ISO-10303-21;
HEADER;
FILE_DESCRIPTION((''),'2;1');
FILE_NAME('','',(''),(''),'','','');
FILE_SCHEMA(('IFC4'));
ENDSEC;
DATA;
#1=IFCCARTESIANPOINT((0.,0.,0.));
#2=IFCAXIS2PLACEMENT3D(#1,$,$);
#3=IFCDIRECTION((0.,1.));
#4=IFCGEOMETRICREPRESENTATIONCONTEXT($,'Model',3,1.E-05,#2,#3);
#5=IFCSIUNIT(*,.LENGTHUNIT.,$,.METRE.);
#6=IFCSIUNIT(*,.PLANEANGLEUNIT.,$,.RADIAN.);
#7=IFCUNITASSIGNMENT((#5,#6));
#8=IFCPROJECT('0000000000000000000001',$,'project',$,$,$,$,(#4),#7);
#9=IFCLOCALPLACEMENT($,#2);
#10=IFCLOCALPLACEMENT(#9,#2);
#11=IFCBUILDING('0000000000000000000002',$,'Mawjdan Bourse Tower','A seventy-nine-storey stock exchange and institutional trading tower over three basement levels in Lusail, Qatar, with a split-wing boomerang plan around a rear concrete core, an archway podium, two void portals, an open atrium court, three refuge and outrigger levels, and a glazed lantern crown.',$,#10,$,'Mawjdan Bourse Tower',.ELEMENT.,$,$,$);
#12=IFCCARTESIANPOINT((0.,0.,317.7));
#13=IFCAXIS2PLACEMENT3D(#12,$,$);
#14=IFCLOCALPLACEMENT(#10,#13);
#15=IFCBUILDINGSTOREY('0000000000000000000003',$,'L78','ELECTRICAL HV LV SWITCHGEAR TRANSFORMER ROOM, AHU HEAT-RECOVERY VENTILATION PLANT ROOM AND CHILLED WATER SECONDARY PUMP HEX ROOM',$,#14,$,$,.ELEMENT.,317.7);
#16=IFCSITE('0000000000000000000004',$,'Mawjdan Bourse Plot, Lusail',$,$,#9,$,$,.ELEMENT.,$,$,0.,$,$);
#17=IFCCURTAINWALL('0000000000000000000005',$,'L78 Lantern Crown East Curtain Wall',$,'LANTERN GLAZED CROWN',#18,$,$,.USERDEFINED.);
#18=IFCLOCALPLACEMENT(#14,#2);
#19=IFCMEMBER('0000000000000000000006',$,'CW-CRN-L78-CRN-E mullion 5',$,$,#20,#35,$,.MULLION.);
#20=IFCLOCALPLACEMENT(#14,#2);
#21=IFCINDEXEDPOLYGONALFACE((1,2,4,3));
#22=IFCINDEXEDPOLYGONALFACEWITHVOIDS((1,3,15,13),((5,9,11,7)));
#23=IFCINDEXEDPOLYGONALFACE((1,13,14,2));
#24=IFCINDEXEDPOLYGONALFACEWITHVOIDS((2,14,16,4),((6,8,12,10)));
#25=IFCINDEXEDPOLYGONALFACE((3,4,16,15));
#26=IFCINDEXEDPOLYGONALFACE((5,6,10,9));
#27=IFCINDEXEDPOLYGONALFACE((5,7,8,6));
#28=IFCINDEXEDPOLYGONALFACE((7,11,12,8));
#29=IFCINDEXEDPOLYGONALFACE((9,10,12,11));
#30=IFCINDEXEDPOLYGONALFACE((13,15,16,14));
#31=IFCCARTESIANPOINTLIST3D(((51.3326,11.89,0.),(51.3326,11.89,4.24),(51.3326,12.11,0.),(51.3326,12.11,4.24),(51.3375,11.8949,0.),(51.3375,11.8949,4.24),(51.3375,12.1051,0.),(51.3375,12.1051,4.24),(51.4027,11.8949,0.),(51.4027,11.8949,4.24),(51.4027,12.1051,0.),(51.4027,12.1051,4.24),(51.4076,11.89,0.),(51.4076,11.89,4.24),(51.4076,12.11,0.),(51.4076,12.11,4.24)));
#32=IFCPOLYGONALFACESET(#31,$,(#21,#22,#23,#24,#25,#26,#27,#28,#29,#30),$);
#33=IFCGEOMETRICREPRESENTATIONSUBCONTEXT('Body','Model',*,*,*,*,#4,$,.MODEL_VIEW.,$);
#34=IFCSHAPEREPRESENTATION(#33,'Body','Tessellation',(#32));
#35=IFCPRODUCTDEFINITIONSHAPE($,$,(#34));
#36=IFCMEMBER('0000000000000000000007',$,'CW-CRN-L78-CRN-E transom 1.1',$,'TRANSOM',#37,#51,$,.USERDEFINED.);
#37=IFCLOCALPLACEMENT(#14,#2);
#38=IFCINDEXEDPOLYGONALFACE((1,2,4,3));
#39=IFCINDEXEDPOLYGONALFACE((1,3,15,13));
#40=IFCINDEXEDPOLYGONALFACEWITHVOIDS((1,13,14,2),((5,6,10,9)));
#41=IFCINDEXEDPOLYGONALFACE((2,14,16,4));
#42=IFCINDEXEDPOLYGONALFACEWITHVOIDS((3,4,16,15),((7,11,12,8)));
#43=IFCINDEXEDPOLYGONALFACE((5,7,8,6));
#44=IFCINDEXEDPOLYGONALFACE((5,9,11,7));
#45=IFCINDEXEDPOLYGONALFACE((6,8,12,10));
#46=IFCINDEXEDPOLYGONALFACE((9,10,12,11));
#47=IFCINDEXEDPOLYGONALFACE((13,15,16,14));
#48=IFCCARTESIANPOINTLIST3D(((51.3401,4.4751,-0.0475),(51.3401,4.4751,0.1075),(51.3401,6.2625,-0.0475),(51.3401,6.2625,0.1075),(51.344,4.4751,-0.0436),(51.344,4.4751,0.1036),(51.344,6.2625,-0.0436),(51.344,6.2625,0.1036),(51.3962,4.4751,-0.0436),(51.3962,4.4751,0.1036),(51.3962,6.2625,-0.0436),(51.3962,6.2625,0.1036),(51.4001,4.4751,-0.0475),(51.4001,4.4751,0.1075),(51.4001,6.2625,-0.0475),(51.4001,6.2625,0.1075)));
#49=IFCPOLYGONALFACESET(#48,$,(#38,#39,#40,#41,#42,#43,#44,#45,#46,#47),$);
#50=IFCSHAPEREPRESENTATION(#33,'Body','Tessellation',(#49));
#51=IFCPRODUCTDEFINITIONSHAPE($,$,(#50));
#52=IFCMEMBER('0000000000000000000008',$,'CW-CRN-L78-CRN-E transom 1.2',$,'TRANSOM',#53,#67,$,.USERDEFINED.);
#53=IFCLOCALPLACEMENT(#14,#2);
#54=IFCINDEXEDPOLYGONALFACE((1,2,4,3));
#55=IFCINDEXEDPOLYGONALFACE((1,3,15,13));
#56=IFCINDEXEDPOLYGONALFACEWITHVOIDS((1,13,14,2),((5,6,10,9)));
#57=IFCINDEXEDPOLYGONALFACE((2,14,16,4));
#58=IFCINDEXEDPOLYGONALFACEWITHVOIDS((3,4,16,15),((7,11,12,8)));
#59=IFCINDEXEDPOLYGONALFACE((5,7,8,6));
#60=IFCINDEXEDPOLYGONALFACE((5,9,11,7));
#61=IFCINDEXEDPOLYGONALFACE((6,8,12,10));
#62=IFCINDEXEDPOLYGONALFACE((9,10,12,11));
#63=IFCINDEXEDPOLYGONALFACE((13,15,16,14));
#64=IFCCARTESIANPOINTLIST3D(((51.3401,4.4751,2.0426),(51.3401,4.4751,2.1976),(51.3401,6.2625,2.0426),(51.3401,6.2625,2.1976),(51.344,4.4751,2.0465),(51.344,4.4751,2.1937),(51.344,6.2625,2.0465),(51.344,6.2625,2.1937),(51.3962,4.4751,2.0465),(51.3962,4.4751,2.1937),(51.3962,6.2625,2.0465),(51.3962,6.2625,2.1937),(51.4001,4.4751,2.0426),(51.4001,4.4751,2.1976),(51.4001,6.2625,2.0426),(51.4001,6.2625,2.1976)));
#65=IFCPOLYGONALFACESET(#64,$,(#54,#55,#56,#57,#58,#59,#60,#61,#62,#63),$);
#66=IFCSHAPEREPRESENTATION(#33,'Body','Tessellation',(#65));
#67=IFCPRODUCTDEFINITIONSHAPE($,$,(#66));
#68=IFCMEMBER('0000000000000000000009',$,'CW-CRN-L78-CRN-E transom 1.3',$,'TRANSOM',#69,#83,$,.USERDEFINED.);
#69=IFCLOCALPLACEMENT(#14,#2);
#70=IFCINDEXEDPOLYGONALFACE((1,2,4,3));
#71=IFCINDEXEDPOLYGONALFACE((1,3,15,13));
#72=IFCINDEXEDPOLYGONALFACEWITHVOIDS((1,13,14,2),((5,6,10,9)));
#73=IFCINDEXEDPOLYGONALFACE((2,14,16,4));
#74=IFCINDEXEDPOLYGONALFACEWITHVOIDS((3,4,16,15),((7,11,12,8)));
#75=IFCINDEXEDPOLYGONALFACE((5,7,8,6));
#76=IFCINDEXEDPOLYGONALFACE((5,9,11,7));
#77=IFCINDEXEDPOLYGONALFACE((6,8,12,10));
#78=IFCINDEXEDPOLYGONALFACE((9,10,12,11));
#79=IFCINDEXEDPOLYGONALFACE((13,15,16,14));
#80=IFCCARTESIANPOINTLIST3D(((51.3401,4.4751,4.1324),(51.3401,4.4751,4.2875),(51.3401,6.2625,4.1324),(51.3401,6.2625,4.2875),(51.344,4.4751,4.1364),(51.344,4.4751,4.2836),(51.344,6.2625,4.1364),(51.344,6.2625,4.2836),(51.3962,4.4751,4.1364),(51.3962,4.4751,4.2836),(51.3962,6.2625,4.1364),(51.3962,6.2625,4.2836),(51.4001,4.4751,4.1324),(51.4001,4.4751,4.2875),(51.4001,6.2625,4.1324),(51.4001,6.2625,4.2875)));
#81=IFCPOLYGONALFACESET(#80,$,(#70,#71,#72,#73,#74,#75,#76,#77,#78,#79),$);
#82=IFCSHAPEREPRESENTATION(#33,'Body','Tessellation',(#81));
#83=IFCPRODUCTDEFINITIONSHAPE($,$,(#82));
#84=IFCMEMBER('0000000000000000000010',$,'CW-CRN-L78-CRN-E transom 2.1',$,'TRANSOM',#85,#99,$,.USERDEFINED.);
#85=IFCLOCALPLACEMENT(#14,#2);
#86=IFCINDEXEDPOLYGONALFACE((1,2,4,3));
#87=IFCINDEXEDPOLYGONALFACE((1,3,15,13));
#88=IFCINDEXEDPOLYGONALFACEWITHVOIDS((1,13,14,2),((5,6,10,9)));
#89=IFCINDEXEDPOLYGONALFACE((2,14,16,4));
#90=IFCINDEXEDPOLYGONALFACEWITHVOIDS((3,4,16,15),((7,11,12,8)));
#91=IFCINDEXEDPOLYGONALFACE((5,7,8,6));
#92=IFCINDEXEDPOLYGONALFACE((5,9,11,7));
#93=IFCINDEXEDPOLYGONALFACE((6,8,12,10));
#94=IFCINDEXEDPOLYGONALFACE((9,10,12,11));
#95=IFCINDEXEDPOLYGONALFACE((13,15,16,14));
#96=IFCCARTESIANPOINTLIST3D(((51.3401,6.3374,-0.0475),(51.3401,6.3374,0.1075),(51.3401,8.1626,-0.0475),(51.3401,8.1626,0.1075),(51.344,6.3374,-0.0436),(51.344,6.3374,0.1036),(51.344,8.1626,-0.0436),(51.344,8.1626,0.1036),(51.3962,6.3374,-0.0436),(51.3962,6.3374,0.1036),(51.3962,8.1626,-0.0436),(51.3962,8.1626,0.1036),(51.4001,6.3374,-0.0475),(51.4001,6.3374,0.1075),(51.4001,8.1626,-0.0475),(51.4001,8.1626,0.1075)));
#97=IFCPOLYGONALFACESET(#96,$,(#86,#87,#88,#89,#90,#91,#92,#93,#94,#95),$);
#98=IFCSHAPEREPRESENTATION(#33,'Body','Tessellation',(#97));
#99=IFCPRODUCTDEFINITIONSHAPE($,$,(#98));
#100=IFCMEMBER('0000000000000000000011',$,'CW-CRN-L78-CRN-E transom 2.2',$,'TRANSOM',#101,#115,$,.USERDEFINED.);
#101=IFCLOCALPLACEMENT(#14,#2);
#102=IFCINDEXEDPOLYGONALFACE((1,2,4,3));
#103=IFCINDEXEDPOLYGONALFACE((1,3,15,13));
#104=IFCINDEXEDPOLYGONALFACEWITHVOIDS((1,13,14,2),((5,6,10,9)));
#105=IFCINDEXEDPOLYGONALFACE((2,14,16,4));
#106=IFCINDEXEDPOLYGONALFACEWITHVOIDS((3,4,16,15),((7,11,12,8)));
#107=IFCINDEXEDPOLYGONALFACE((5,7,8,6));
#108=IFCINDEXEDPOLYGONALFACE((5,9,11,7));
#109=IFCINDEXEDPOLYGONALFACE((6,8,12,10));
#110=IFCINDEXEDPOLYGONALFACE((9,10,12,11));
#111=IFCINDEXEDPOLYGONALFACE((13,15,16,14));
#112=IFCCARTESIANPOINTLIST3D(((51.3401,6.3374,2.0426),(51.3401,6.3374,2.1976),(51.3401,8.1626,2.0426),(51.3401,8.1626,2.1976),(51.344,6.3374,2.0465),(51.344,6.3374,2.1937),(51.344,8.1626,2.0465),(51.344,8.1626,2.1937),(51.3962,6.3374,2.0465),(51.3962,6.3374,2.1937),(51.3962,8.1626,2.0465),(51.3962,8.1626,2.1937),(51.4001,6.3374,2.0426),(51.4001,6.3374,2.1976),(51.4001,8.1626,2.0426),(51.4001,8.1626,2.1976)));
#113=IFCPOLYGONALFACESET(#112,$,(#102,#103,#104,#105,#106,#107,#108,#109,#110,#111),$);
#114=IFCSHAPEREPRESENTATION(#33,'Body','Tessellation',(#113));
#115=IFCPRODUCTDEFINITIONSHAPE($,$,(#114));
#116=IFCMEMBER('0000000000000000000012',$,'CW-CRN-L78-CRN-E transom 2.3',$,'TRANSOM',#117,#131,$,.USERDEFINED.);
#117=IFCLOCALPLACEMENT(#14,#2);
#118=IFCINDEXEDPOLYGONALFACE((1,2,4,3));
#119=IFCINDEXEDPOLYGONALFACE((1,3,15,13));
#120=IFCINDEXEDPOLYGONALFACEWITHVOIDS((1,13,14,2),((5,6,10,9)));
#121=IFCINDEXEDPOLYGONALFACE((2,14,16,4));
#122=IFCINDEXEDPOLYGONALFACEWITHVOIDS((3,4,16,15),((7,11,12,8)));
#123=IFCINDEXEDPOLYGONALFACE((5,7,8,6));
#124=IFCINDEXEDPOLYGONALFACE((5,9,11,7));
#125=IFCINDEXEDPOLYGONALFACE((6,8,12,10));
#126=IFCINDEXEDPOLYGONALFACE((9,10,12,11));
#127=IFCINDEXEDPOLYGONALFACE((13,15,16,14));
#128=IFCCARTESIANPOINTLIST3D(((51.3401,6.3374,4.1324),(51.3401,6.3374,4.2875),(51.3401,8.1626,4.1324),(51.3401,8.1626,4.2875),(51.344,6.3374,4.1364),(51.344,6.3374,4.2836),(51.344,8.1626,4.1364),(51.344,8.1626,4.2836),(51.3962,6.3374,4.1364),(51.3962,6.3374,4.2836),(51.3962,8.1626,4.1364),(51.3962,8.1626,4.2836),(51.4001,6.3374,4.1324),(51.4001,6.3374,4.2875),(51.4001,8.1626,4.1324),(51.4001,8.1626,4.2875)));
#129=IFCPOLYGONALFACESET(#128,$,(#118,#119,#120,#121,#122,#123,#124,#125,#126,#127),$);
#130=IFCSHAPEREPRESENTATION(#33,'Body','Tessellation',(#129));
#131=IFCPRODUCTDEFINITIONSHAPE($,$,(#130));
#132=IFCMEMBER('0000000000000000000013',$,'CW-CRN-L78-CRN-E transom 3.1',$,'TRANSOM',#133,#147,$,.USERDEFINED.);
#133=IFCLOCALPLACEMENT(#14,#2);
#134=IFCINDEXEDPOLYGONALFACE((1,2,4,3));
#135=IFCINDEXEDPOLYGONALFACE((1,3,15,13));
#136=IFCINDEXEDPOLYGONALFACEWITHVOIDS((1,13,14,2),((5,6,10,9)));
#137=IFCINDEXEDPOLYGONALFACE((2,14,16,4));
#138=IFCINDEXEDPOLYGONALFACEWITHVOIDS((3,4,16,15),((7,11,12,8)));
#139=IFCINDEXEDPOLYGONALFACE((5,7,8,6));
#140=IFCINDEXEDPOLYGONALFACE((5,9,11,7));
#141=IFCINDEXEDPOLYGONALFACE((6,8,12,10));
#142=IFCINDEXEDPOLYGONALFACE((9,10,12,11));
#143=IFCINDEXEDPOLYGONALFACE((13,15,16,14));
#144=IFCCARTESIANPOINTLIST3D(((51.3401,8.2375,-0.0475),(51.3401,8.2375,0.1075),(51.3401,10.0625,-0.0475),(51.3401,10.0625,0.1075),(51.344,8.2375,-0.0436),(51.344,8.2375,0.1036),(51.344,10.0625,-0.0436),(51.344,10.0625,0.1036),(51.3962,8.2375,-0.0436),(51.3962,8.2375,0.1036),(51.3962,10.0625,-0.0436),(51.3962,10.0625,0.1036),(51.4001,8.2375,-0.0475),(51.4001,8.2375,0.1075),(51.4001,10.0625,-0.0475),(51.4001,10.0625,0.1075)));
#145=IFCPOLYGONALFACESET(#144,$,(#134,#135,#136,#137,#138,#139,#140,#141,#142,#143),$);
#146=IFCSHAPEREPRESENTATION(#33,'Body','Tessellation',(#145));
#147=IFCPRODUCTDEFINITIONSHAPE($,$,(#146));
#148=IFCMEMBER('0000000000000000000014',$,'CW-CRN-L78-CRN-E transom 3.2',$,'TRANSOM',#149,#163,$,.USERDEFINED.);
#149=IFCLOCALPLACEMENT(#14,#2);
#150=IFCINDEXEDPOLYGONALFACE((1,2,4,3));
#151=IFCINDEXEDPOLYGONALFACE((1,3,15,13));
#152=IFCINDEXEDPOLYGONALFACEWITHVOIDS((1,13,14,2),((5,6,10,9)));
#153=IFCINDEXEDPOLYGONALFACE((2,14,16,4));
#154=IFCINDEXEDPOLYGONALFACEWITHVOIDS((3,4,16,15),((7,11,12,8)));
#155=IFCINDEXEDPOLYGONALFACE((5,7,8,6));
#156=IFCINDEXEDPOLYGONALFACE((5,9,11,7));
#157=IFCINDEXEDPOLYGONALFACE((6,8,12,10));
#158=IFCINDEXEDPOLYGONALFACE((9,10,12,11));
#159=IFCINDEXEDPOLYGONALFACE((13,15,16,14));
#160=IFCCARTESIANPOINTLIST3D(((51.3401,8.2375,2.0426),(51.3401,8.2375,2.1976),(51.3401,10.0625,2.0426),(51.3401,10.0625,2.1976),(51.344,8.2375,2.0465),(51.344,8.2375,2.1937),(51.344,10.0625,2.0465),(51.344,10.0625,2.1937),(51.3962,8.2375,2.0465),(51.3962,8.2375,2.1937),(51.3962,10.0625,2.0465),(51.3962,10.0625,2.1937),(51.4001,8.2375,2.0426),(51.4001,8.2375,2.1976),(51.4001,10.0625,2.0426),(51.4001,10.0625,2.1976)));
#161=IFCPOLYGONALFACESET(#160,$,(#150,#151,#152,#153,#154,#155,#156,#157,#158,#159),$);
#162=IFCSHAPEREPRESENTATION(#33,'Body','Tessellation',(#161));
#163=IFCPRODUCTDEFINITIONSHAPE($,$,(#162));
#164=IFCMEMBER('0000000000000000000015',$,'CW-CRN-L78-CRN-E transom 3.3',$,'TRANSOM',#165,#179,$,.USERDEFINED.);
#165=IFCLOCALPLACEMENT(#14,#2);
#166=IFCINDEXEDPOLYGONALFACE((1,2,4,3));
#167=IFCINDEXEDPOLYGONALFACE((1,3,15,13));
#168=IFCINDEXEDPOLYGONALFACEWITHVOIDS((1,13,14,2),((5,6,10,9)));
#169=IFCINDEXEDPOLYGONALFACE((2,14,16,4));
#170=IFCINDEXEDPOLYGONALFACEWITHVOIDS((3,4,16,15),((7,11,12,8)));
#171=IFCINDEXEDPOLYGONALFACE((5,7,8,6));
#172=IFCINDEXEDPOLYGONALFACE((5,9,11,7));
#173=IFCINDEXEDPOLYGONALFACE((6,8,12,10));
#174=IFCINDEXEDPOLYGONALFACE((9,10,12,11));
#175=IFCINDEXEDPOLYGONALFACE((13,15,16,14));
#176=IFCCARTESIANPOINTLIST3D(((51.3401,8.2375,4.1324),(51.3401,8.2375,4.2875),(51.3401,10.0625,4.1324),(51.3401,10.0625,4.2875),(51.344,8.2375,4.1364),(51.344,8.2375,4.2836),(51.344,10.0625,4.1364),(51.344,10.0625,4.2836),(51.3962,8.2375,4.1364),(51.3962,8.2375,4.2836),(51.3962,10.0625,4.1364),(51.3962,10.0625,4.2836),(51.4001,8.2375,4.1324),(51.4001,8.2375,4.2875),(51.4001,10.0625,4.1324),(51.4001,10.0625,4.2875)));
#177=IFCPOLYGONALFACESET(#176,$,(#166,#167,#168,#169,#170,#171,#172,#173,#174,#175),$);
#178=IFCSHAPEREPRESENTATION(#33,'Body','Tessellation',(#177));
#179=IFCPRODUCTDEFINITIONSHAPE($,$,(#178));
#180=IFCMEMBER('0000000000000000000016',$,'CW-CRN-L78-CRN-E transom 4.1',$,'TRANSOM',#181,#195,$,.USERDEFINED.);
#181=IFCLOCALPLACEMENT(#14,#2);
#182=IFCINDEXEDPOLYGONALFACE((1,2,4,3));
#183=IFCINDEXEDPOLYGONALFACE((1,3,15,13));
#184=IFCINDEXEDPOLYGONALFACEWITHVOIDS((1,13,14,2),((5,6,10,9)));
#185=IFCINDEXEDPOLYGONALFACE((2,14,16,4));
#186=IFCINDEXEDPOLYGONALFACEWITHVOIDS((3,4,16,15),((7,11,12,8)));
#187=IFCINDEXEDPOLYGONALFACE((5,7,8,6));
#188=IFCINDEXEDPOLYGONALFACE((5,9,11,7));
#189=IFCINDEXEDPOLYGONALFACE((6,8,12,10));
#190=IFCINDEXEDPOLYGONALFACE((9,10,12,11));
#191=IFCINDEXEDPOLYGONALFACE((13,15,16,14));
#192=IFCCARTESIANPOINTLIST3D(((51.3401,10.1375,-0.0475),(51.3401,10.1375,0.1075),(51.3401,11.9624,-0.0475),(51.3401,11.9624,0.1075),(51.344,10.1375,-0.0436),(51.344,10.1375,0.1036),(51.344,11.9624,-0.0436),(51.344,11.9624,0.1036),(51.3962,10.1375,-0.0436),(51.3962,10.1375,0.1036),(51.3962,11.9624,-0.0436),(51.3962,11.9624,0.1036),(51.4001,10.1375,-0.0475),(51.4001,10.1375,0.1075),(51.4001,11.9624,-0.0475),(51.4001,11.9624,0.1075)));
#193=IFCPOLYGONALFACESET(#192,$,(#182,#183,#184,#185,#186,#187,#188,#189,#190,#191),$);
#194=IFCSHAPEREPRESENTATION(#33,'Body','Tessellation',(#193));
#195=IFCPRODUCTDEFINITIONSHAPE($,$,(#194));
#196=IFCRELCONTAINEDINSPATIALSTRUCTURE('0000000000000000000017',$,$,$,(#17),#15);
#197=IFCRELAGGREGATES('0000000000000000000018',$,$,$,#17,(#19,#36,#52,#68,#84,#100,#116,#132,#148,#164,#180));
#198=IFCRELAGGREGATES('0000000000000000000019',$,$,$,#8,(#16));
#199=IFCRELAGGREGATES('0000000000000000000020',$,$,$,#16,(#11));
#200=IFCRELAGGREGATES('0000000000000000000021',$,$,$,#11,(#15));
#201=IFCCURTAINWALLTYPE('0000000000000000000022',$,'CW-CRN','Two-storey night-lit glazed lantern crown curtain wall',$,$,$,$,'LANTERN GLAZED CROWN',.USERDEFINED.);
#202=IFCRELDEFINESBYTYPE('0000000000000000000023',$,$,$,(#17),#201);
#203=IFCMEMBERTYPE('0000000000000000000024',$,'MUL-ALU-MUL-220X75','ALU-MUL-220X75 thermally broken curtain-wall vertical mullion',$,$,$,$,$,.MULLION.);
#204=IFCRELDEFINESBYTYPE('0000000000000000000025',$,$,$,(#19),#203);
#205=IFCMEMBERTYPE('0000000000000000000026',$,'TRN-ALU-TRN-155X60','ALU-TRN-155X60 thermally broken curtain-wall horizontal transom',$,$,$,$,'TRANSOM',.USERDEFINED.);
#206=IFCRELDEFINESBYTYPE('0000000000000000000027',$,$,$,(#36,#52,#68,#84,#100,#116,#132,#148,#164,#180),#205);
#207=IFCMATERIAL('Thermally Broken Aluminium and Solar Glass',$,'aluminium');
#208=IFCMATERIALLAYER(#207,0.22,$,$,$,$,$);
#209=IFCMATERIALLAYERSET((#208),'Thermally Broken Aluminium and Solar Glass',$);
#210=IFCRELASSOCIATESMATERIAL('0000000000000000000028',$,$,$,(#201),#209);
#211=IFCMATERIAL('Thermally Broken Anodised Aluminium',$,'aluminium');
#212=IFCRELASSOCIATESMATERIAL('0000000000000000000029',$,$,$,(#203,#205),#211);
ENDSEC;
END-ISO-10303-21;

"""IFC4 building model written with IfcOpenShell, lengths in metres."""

from ifc_helpers import new_model, si_unit, direction, frame, origin, origin_2d, place, context, subcontext, project, spatial, hollow_rectangle, extrude, material, layer, layer_set, material_profile, profile_set, type_object, element, aggregate, save


model = new_model("IFC4")

# Units and contexts
model_context = context("Model", 3, precision=1e-05, world=origin(), true_north=direction((0.0, 1.0)))
body_context = subcontext(model_context, "Body", "Model", "MODEL_VIEW")
ifc_project = project(units=[si_unit("LENGTHUNIT", "METRE"), si_unit("PLANEANGLEUNIT", "RADIAN")], contexts=[model_context])

# Site, building, storey
site_placement = place(None, origin())
site = spatial("IfcSite", under=ifc_project, at=site_placement, Name="Mawjdan Bourse Plot, Lusail", CompositionType="ELEMENT", RefElevation=0.0)
building_placement = place(site_placement, origin())
building = spatial("IfcBuilding", under=site, at=building_placement, Name="Mawjdan Bourse Tower", Description="A seventy-nine-storey stock exchange and institutional trading tower over three basement levels in Lusail, Qatar, with a split-wing boomerang plan around a rear concrete core, an archway podium, two void portals, an open atrium court, three refuge and outrigger levels, and a glazed lantern crown.", LongName="Mawjdan Bourse Tower", CompositionType="ELEMENT")
storey_placement = place(building_placement, frame((0.0, 0.0, 317.7)))
storey = spatial("IfcBuildingStorey", under=building, at=storey_placement, Name="L78", Description="ELECTRICAL HV LV SWITCHGEAR TRANSFORMER ROOM, AHU HEAT-RECOVERY VENTILATION PLANT ROOM AND CHILLED WATER SECONDARY PUMP HEX ROOM", CompositionType="ELEMENT", Elevation=317.7)

# Shared definitions
ifc_material_1 = material(Name="Thermally Broken Aluminium and Solar Glass", Category="aluminium")
ifc_layer_1 = layer(ifc_material_1, 0.22)
ifc_layer_set_1 = layer_set([ifc_layer_1], Name="Thermally Broken Aluminium and Solar Glass")
curtain_wall_type = type_object("IfcCurtainWallType", Name="CW-CRN", Description="Two-storey night-lit glazed lantern crown curtain wall", ElementType="LANTERN GLAZED CROWN", PredefinedType="USERDEFINED", material=ifc_layer_set_1)
ifc_material_2 = material(Name="Thermally Broken Anodised Aluminium", Category="aluminium")
ifc_material_profile_1 = material_profile(ifc_material_2, hollow_rectangle(XDim=0.075, YDim=0.22, WallThickness=0.0049, at=origin_2d()), Name="ALU-MUL-220X75")
ifc_profile_set_1 = profile_set([ifc_material_profile_1], Name="Thermally Broken Anodised Aluminium")
member_type_1 = type_object("IfcMemberType", Name="MUL-ALU-MUL-220X75", Description="ALU-MUL-220X75 thermally broken curtain-wall vertical mullion", PredefinedType="MULLION", material=ifc_profile_set_1)

# Curtain wall, members
curtain_wall_1_placement = place(storey_placement, origin())
curtain_wall_1 = element("IfcCurtainWall", 1, at=curtain_wall_1_placement, inside=storey, type_object=curtain_wall_type, Name="L78 Lantern Crown East Curtain Wall", ObjectType="LANTERN GLAZED CROWN", PredefinedType="USERDEFINED")
member_1_placement = place(storey_placement, frame((51.3701, 12.0, 0.0), z_axis=(0.0, 0.0, 1.0), x_axis=(-1.0, 0.0, 0.0)))
member_1 = element("IfcMember", 2, at=member_1_placement, type_object=member_type_1, Name="CW-CRN-L78-CRN-E mullion 5", PredefinedType="MULLION", context=body_context, shape_type="SweptSolid", body=[
    extrude(hollow_rectangle(XDim=0.075, YDim=0.22, WallThickness=0.0049, at=origin_2d()), origin(), (0.0, 0.0, 1.0), 4.24),
])
ifc_material_profile_2 = material_profile(ifc_material_2, hollow_rectangle(XDim=0.0601, YDim=0.155, WallThickness=0.0039, at=origin_2d()), Name="ALU-TRN-155X60")
ifc_profile_set_2 = profile_set([ifc_material_profile_2], Name="Thermally Broken Anodised Aluminium")
member_type_2 = type_object("IfcMemberType", Name="TRN-ALU-TRN-155X60", Description="ALU-TRN-155X60 thermally broken curtain-wall horizontal transom", ElementType="TRANSOM", PredefinedType="USERDEFINED", material=ifc_profile_set_2)
member_2_placement = place(storey_placement, frame((51.3701, 4.4751, 0.03), z_axis=(0.0, 1.0, 0.0), x_axis=(-1.0, 0.0, 0.0)))
member_2 = element("IfcMember", 3, at=member_2_placement, type_object=member_type_2, Name="CW-CRN-L78-CRN-E transom 1.1", ObjectType="TRANSOM", PredefinedType="USERDEFINED", context=body_context, shape_type="SweptSolid", body=[
    extrude(hollow_rectangle(XDim=0.0601, YDim=0.155, WallThickness=0.0039, at=origin_2d()), origin(), (0.0, 0.0, 1.0), 1.7874),
])
member_3_placement = place(storey_placement, frame((51.3701, 4.4751, 2.1201), z_axis=(0.0, 1.0, 0.0), x_axis=(-1.0, 0.0, 0.0)))
member_3 = element("IfcMember", 4, at=member_3_placement, type_object=member_type_2, Name="CW-CRN-L78-CRN-E transom 1.2", ObjectType="TRANSOM", PredefinedType="USERDEFINED", context=body_context, shape_type="SweptSolid", body=[
    extrude(hollow_rectangle(XDim=0.0601, YDim=0.155, WallThickness=0.0039, at=origin_2d()), origin(), (0.0, 0.0, 1.0), 1.7874),
])
member_4_placement = place(storey_placement, frame((51.3701, 4.4751, 4.21), z_axis=(0.0, 1.0, 0.0), x_axis=(-1.0, 0.0, 0.0)))
member_4 = element("IfcMember", 5, at=member_4_placement, type_object=member_type_2, Name="CW-CRN-L78-CRN-E transom 1.3", ObjectType="TRANSOM", PredefinedType="USERDEFINED", context=body_context, shape_type="SweptSolid", body=[
    extrude(hollow_rectangle(XDim=0.0601, YDim=0.155, WallThickness=0.0039, at=origin_2d()), origin(), (0.0, 0.0, 1.0), 1.7874),
])
member_5_placement = place(storey_placement, frame((51.3701, 6.3374, 0.03), z_axis=(0.0, 1.0, 0.0), x_axis=(-1.0, 0.0, 0.0)))
member_5 = element("IfcMember", 6, at=member_5_placement, type_object=member_type_2, Name="CW-CRN-L78-CRN-E transom 2.1", ObjectType="TRANSOM", PredefinedType="USERDEFINED", context=body_context, shape_type="SweptSolid", body=[
    extrude(hollow_rectangle(XDim=0.0601, YDim=0.155, WallThickness=0.0039, at=origin_2d()), origin(), (0.0, 0.0, 1.0), 1.8252),
])
member_6_placement = place(storey_placement, frame((51.3701, 6.3374, 2.1201), z_axis=(0.0, 1.0, 0.0), x_axis=(-1.0, 0.0, 0.0)))
member_6 = element("IfcMember", 7, at=member_6_placement, type_object=member_type_2, Name="CW-CRN-L78-CRN-E transom 2.2", ObjectType="TRANSOM", PredefinedType="USERDEFINED", context=body_context, shape_type="SweptSolid", body=[
    extrude(hollow_rectangle(XDim=0.0601, YDim=0.155, WallThickness=0.0039, at=origin_2d()), origin(), (0.0, 0.0, 1.0), 1.8252),
])
member_7_placement = place(storey_placement, frame((51.3701, 6.3374, 4.21), z_axis=(0.0, 1.0, 0.0), x_axis=(-1.0, 0.0, 0.0)))
member_7 = element("IfcMember", 8, at=member_7_placement, type_object=member_type_2, Name="CW-CRN-L78-CRN-E transom 2.3", ObjectType="TRANSOM", PredefinedType="USERDEFINED", context=body_context, shape_type="SweptSolid", body=[
    extrude(hollow_rectangle(XDim=0.0601, YDim=0.155, WallThickness=0.0039, at=origin_2d()), origin(), (0.0, 0.0, 1.0), 1.8252),
])
member_8_placement = place(storey_placement, frame((51.3701, 8.2375, 0.03), z_axis=(0.0, 1.0, 0.0), x_axis=(-1.0, 0.0, 0.0)))
member_8 = element("IfcMember", 9, at=member_8_placement, type_object=member_type_2, Name="CW-CRN-L78-CRN-E transom 3.1", ObjectType="TRANSOM", PredefinedType="USERDEFINED", context=body_context, shape_type="SweptSolid", body=[
    extrude(hollow_rectangle(XDim=0.0601, YDim=0.155, WallThickness=0.0039, at=origin_2d()), origin(), (0.0, 0.0, 1.0), 1.825),
])
member_9_placement = place(storey_placement, frame((51.3701, 8.2375, 2.1201), z_axis=(0.0, 1.0, 0.0), x_axis=(-1.0, 0.0, 0.0)))
member_9 = element("IfcMember", 10, at=member_9_placement, type_object=member_type_2, Name="CW-CRN-L78-CRN-E transom 3.2", ObjectType="TRANSOM", PredefinedType="USERDEFINED", context=body_context, shape_type="SweptSolid", body=[
    extrude(hollow_rectangle(XDim=0.0601, YDim=0.155, WallThickness=0.0039, at=origin_2d()), origin(), (0.0, 0.0, 1.0), 1.825),
])
member_10_placement = place(storey_placement, frame((51.3701, 8.2375, 4.21), z_axis=(0.0, 1.0, 0.0), x_axis=(-1.0, 0.0, 0.0)))
member_10 = element("IfcMember", 11, at=member_10_placement, type_object=member_type_2, Name="CW-CRN-L78-CRN-E transom 3.3", ObjectType="TRANSOM", PredefinedType="USERDEFINED", context=body_context, shape_type="SweptSolid", body=[
    extrude(hollow_rectangle(XDim=0.0601, YDim=0.155, WallThickness=0.0039, at=origin_2d()), origin(), (0.0, 0.0, 1.0), 1.825),
])
member_11_placement = place(storey_placement, frame((51.3701, 10.1375, 0.03), z_axis=(0.0, 1.0, 0.0), x_axis=(-1.0, 0.0, 0.0)))
member_11 = element("IfcMember", 12, at=member_11_placement, type_object=member_type_2, Name="CW-CRN-L78-CRN-E transom 4.1", ObjectType="TRANSOM", PredefinedType="USERDEFINED", context=body_context, shape_type="SweptSolid", body=[
    extrude(hollow_rectangle(XDim=0.0601, YDim=0.155, WallThickness=0.0039, at=origin_2d()), origin(), (0.0, 0.0, 1.0), 1.825),
])

aggregate(curtain_wall_1, [member_1, member_2, member_3, member_4, member_5, member_6, member_7, member_8, member_9, member_10, member_11])

save(model, "model.ifc")
